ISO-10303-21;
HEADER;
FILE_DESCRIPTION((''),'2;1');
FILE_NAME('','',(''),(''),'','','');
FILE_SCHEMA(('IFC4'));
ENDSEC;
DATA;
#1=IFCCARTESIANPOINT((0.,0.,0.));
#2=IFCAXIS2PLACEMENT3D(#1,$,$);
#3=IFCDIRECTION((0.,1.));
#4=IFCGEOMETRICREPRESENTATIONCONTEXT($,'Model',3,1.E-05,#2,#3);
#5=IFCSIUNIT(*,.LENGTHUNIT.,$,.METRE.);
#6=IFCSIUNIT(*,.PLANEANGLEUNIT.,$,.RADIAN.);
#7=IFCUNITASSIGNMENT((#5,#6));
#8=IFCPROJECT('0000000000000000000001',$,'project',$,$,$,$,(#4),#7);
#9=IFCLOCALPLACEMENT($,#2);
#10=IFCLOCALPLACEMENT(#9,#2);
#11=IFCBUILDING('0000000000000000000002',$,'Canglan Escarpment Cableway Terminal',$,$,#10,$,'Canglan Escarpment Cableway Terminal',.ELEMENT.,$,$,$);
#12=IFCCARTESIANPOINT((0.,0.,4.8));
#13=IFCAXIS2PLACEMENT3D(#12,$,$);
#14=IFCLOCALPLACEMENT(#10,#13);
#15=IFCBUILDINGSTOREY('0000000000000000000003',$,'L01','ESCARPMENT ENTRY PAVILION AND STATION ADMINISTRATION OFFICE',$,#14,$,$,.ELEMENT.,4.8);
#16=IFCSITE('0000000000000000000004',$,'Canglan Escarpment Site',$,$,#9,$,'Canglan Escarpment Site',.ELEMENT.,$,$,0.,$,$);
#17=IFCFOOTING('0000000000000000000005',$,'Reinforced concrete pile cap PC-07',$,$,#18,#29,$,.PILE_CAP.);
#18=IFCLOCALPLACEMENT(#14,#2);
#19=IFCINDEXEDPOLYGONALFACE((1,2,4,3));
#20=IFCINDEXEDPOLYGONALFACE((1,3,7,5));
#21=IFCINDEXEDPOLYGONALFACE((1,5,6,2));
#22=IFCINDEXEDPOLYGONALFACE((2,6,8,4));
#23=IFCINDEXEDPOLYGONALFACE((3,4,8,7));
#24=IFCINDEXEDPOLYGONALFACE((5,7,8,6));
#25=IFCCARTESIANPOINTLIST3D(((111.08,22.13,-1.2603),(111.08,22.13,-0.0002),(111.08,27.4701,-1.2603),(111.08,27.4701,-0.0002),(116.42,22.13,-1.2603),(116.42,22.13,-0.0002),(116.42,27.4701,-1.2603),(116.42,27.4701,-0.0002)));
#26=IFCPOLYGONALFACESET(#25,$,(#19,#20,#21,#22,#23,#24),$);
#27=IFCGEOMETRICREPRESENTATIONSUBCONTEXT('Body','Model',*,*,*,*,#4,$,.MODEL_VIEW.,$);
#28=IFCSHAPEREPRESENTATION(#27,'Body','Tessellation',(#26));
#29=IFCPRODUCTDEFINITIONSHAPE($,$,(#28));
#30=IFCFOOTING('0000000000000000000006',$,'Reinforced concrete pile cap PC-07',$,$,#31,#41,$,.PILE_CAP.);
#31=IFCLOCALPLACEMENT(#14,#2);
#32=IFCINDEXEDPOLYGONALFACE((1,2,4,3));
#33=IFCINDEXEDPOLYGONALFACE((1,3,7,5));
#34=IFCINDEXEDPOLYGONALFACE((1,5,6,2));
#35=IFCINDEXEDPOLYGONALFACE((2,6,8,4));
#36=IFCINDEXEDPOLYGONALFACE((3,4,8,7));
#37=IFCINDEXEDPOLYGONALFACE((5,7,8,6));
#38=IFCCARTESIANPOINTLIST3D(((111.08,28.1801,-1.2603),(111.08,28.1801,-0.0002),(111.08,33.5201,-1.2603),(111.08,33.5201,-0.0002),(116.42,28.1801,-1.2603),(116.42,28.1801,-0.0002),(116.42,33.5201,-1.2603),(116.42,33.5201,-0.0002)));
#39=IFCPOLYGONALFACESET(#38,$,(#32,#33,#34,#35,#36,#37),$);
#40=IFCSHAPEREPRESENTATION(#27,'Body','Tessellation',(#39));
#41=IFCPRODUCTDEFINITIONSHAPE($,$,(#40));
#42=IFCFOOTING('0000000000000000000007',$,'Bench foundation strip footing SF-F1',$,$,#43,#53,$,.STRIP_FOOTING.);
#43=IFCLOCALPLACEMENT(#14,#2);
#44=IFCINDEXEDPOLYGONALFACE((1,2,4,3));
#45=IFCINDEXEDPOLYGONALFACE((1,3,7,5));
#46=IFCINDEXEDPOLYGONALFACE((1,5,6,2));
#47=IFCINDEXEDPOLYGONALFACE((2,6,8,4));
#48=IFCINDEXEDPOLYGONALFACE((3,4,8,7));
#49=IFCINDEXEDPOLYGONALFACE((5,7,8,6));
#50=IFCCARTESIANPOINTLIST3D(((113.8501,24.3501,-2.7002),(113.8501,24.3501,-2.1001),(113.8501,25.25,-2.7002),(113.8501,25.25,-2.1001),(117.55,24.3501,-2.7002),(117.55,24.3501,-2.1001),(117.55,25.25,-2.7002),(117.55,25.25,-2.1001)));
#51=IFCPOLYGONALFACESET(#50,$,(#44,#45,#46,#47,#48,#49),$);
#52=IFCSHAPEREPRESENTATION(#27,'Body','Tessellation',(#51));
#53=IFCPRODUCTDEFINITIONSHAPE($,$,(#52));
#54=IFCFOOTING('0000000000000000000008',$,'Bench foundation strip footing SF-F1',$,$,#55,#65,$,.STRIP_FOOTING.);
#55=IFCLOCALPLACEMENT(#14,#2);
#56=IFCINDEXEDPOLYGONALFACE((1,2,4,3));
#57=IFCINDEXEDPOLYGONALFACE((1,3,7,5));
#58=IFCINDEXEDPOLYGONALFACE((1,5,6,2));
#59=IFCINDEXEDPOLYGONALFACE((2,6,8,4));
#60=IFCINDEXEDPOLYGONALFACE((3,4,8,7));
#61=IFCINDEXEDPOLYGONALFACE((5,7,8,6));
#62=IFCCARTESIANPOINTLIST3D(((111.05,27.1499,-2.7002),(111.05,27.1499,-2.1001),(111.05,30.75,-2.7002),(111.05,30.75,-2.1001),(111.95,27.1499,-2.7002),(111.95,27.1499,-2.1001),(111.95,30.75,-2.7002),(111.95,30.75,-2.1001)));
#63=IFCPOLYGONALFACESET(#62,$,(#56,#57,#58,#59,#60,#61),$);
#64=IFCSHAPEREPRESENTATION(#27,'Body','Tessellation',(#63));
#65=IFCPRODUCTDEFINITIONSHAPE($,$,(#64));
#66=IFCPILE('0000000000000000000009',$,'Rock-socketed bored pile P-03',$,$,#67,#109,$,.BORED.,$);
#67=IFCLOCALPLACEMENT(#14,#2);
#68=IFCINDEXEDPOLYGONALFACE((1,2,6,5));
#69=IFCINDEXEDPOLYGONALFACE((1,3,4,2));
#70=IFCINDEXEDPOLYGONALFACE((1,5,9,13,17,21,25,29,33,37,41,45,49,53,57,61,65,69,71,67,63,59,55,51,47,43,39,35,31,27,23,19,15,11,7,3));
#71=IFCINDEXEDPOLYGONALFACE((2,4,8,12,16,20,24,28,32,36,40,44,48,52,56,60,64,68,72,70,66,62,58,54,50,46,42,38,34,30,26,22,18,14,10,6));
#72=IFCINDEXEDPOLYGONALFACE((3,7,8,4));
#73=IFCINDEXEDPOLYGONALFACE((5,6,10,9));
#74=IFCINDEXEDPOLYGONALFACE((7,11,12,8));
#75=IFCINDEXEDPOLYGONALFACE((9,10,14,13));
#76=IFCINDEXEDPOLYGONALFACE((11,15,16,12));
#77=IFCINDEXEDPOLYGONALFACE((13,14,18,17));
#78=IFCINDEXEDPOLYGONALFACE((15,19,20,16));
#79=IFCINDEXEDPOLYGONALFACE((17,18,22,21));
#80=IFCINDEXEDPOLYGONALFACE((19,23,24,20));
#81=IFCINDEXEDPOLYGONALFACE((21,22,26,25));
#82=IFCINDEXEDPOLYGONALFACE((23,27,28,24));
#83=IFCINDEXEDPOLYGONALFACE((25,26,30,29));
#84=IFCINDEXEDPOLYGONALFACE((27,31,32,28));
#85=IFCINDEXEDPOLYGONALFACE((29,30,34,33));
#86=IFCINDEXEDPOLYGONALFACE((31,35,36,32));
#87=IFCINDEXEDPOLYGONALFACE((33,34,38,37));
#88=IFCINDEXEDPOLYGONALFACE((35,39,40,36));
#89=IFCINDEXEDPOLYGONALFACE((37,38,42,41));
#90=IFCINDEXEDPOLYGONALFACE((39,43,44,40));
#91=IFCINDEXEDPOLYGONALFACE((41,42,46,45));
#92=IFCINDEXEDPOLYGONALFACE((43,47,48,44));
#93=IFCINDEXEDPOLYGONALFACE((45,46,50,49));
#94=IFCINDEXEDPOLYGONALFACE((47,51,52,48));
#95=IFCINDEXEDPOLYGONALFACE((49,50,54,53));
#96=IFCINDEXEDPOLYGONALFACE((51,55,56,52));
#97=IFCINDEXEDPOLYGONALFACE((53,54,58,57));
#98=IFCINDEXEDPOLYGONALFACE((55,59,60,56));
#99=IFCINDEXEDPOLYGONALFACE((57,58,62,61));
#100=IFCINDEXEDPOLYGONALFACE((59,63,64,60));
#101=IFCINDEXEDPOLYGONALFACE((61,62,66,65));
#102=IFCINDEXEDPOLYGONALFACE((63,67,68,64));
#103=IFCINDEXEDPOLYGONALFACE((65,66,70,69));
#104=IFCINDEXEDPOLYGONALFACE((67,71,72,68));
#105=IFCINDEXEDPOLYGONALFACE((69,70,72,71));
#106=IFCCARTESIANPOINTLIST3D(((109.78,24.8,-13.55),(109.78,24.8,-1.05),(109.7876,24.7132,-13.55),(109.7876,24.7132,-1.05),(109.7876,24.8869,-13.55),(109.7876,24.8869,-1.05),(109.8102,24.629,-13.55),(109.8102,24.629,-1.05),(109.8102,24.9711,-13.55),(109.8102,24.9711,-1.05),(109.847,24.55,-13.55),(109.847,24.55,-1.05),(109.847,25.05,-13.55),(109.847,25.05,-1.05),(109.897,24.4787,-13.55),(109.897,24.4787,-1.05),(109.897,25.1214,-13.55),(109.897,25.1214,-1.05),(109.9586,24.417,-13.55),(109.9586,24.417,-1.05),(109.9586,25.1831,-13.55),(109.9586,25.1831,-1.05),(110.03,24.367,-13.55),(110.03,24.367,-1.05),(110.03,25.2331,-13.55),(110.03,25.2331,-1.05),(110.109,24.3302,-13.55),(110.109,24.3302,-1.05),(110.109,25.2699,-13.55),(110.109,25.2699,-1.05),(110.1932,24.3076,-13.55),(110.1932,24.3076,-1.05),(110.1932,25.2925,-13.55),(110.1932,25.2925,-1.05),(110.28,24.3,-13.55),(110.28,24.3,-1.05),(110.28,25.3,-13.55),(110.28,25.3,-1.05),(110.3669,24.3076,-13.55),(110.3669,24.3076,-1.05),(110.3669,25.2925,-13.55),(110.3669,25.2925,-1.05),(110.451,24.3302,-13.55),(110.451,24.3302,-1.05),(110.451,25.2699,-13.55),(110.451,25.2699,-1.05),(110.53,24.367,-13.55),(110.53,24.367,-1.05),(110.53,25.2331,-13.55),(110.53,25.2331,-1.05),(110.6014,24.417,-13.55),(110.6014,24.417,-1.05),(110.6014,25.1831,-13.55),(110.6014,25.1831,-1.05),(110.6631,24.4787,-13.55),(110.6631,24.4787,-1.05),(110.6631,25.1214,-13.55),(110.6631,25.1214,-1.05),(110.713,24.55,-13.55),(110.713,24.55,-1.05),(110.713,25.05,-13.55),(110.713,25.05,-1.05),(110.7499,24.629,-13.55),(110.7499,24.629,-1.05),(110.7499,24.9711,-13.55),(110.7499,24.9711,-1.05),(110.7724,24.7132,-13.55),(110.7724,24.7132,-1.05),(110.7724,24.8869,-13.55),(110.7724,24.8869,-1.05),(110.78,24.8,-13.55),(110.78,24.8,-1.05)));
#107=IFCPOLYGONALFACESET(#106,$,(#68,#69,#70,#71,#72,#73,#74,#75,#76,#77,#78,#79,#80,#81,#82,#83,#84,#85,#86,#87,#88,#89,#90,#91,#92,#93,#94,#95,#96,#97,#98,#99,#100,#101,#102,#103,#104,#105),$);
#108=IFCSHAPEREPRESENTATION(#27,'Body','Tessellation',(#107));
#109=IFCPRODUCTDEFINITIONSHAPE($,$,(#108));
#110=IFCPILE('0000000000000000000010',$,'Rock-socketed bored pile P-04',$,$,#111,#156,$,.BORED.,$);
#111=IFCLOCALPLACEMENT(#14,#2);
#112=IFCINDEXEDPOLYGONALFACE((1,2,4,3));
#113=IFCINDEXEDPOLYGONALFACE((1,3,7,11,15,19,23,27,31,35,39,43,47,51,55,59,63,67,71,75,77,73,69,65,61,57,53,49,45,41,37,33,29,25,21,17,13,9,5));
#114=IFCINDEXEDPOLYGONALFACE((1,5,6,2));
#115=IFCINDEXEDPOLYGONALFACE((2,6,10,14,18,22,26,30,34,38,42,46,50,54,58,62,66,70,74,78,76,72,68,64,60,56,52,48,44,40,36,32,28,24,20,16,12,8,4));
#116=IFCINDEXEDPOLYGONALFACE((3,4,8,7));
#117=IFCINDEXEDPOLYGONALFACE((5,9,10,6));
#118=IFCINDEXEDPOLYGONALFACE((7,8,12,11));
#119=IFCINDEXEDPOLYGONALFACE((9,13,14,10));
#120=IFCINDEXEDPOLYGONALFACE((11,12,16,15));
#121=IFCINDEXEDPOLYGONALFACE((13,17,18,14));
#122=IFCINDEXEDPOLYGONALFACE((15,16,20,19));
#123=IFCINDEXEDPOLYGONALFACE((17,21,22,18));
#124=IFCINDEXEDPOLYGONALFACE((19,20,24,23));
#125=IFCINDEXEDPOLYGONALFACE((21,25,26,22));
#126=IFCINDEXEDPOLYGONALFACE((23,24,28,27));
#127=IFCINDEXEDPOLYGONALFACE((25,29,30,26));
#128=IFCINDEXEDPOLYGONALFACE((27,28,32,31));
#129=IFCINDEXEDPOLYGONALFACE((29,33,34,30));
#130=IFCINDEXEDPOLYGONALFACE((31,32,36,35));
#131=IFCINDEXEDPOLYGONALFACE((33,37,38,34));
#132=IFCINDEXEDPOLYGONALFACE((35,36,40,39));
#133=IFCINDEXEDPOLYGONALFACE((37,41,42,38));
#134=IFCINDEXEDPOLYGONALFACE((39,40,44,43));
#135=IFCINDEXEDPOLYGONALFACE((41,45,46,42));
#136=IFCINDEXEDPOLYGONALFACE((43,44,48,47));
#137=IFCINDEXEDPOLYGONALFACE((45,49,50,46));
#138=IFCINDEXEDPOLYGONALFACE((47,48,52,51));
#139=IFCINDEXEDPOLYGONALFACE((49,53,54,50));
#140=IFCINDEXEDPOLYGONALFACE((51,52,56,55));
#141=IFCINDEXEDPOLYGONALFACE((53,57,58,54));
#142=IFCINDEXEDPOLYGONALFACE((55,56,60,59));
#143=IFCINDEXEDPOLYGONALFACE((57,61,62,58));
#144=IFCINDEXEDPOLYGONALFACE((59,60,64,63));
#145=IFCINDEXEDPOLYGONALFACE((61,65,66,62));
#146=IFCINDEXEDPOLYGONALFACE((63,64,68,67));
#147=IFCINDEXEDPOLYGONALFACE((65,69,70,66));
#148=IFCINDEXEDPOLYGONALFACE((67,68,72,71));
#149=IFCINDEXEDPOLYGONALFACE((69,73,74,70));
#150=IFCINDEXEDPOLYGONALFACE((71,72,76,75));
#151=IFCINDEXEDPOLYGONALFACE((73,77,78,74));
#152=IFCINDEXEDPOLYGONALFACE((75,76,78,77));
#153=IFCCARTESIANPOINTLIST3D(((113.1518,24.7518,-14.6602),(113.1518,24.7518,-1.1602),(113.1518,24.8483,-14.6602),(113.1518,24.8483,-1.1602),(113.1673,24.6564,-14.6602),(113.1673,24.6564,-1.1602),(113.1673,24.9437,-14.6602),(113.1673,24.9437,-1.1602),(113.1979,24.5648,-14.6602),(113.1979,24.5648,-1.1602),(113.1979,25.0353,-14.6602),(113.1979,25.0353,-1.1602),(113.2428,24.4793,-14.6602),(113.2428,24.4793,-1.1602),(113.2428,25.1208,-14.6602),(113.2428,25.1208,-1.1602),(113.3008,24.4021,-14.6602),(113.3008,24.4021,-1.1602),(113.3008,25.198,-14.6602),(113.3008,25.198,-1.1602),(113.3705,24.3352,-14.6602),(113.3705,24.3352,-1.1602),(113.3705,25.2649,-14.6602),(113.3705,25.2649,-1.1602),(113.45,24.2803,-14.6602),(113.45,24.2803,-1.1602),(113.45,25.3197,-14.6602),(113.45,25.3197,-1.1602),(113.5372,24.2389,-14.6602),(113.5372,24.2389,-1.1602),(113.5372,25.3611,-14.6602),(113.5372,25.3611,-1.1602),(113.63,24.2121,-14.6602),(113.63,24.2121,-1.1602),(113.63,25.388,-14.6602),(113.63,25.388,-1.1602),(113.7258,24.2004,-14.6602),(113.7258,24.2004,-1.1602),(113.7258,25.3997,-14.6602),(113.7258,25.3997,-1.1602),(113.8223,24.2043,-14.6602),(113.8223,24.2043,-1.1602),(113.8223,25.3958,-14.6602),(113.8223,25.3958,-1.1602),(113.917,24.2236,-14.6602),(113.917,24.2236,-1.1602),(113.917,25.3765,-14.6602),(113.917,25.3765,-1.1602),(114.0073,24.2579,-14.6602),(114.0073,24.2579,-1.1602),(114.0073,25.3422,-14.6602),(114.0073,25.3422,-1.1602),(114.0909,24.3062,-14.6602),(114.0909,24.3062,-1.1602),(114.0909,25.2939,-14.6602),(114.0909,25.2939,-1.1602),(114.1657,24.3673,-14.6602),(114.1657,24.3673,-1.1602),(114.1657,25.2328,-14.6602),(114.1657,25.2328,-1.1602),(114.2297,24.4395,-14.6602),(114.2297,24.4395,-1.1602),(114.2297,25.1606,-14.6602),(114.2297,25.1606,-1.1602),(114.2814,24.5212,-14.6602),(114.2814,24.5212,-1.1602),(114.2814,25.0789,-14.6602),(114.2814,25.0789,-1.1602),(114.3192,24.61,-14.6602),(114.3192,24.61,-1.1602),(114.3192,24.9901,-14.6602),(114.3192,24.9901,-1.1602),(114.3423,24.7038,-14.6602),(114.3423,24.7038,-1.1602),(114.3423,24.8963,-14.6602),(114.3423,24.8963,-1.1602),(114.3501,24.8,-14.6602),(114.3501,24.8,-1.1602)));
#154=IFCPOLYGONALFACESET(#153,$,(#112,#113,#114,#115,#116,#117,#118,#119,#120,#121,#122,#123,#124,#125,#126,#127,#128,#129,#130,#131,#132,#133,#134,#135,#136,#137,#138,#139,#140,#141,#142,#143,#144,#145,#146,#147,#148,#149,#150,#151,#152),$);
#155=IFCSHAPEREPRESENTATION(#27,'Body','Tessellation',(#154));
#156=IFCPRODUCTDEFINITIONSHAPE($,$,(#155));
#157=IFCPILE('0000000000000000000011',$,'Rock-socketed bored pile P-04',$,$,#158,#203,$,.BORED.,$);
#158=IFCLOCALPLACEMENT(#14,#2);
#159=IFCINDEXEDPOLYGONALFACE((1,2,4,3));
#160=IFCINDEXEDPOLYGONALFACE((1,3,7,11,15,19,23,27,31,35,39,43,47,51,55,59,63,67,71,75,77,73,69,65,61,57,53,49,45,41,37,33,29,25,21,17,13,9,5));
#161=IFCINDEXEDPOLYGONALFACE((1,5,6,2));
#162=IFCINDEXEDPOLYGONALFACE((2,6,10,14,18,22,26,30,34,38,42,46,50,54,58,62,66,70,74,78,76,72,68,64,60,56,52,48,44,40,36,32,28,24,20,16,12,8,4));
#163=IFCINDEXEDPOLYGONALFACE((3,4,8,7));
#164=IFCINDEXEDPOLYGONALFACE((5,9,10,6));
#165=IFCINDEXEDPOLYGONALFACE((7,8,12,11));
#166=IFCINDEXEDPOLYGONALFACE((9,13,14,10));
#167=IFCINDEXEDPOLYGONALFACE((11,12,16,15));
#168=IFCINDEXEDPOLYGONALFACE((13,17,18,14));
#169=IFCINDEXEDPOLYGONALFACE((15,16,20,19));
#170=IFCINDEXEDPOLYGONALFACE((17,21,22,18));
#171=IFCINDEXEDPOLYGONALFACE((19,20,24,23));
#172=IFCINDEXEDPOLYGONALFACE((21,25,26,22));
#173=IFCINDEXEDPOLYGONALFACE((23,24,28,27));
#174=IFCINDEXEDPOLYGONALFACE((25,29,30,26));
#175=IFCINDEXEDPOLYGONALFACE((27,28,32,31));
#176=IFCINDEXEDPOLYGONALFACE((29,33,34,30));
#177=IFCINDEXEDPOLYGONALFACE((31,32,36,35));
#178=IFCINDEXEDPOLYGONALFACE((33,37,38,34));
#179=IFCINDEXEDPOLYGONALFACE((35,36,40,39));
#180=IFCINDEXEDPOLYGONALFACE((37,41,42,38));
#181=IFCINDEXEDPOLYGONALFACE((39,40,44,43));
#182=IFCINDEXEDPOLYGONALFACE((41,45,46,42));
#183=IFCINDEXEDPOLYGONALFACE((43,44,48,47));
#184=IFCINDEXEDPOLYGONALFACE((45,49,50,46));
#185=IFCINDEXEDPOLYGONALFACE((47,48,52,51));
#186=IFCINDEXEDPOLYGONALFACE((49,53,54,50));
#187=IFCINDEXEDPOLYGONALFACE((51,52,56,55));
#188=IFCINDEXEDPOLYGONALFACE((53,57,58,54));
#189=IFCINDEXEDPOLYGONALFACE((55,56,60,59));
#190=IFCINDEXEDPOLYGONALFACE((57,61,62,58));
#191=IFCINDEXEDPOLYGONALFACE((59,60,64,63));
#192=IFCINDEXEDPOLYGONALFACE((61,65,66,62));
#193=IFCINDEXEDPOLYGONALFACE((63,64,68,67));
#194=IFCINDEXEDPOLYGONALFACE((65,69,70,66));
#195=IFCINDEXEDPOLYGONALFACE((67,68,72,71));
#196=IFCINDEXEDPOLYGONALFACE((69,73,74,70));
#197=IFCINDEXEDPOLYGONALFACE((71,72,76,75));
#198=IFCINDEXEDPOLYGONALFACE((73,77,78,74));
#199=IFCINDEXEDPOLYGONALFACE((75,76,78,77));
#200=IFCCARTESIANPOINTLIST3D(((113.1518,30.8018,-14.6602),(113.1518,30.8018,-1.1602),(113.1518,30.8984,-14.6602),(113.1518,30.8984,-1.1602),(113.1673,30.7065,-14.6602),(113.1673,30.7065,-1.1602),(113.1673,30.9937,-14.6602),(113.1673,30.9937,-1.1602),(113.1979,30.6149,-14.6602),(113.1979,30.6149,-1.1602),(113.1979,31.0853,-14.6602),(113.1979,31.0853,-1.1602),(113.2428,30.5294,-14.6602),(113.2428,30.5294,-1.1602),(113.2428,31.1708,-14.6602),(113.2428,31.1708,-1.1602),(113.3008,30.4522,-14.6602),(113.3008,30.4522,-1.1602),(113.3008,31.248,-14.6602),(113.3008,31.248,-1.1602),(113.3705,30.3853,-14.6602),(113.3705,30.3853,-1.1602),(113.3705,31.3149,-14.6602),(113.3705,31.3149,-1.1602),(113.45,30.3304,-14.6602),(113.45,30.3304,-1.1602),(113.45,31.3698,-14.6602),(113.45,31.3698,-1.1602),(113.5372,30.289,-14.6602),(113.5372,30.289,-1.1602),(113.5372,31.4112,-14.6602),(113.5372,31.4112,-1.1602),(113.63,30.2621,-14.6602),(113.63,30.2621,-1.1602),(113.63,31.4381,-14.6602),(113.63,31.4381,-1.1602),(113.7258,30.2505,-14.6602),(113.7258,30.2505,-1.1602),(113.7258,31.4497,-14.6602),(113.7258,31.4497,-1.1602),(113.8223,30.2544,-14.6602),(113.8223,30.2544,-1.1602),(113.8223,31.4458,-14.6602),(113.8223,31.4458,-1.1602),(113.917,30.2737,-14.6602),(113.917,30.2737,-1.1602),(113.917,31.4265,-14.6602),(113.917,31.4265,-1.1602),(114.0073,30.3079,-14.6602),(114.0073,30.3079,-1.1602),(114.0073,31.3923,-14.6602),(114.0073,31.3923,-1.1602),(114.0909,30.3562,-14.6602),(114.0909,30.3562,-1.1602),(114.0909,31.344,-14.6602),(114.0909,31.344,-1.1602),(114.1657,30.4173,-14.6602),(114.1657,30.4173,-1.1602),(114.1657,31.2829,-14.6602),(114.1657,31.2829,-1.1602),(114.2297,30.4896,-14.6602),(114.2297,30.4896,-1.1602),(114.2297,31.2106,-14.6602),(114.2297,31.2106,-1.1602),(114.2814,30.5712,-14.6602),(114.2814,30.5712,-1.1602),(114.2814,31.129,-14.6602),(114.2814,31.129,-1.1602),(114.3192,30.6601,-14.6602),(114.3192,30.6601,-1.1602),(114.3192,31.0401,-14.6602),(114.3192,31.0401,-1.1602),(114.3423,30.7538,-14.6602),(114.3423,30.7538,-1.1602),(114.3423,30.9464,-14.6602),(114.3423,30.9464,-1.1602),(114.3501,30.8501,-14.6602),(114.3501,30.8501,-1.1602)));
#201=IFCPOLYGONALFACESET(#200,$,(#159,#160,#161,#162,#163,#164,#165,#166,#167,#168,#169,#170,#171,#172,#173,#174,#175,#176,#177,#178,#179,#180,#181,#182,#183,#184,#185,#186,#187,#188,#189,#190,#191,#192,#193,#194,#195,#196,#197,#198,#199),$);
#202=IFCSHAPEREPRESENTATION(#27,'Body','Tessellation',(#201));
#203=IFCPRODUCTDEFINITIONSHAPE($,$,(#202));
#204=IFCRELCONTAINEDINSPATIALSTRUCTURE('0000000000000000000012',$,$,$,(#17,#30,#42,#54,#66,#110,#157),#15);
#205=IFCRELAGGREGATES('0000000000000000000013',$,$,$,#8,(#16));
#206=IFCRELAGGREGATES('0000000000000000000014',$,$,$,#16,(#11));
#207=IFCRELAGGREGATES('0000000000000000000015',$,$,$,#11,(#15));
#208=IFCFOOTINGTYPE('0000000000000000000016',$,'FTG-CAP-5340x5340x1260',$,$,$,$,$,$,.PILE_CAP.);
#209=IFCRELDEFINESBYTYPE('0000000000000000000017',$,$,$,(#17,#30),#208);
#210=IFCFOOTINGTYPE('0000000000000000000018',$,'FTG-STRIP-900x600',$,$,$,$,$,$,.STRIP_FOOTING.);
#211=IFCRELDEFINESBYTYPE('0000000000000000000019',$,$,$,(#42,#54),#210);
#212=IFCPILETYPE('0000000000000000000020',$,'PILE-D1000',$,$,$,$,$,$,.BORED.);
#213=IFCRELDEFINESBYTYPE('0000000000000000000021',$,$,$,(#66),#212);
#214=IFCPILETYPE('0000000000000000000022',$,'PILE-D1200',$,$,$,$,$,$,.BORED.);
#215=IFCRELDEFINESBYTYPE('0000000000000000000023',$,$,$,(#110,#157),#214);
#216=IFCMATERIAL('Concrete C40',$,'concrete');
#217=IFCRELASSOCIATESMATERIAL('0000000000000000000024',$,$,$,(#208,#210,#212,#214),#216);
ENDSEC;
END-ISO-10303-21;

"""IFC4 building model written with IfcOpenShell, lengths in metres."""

from ifc_helpers import new_model, si_unit, direction, frame, origin, origin_2d, place, context, subcontext, project, spatial, rectangle, circle, extrude, material, material_profile, profile_set, type_object, element, save


model = new_model("IFC4")

# Units and contexts
model_context = context("Model", 3, precision=1e-05, world=origin(), true_north=direction((0.0, 1.0)))
body_context = subcontext(model_context, "Body", "Model", "MODEL_VIEW")
ifc_project = project(units=[si_unit("LENGTHUNIT", "METRE"), si_unit("PLANEANGLEUNIT", "RADIAN")], contexts=[model_context])

# Site, building, storey
site_placement = place(None, origin())
site = spatial("IfcSite", under=ifc_project, at=site_placement, Name="Canglan Escarpment Site", LongName="Canglan Escarpment Site", CompositionType="ELEMENT", RefElevation=0.0)
building_placement = place(site_placement, origin())
building = spatial("IfcBuilding", under=site, at=building_placement, Name="Canglan Escarpment Cableway Terminal", LongName="Canglan Escarpment Cableway Terminal", CompositionType="ELEMENT")
storey_placement = place(building_placement, frame((0.0, 0.0, 4.8)))
storey = spatial("IfcBuildingStorey", under=building, at=storey_placement, Name="L01", Description="ESCARPMENT ENTRY PAVILION AND STATION ADMINISTRATION OFFICE", CompositionType="ELEMENT", Elevation=4.8)

# Footings
ifc_material_1 = material(Name="Concrete C40", Category="concrete")
footing_type_1 = type_object("IfcFootingType", Name="FTG-CAP-5340x5340x1260", PredefinedType="PILE_CAP", material=ifc_material_1)
for number, where, z_axis, x_axis, name in (
    (1, (113.75, 24.8, -1.2603), (0.0, 0.0, 1.0), (1.0, 0.0, 0.0), "Reinforced concrete pile cap PC-07"),
    (2, (113.75, 30.8501, -1.2603), (0.0, 0.0, 1.0), (1.0, 0.0, 0.0), "Reinforced concrete pile cap PC-07"),
):
    element("IfcFooting", number, at=place(storey_placement, frame(where, z_axis=z_axis, x_axis=x_axis)), inside=storey, type_object=footing_type_1, Name=name, PredefinedType="PILE_CAP", context=body_context, shape_type="SweptSolid", body=[
        extrude(rectangle(XDim=5.3401, YDim=5.3401, at=origin_2d()), origin(), (0.0, 0.0, 1.0), 1.26),
    ])
ifc_material_profile_1 = material_profile(ifc_material_1, rectangle(XDim=0.8999, YDim=0.6001, at=origin_2d()), Name="SF 900x600")
ifc_profile_set_1 = profile_set([ifc_material_profile_1], Name="Concrete C40")
footing_type_2 = type_object("IfcFootingType", Name="FTG-STRIP-900x600", PredefinedType="STRIP_FOOTING", material=ifc_profile_set_1)
footing_1_placement = place(storey_placement, frame((113.8501, 24.8, -2.4001), z_axis=(1.0, 0.0, 0.0), x_axis=(0.0, 1.0, 0.0)))
element("IfcFooting", 3, at=footing_1_placement, inside=storey, type_object=footing_type_2, Name="Bench foundation strip footing SF-F1", PredefinedType="STRIP_FOOTING", context=body_context, shape_type="SweptSolid", body=[
    extrude(rectangle(XDim=0.8999, YDim=0.6001, at=origin_2d()), origin(), (0.0, 0.0, 1.0), 3.7),
])
footing_2_placement = place(storey_placement, frame((111.5, 27.1499, -2.4001), z_axis=(0.0, 1.0, 0.0), x_axis=(-1.0, 0.0, 0.0)))
element("IfcFooting", 4, at=footing_2_placement, inside=storey, type_object=footing_type_2, Name="Bench foundation strip footing SF-F1", PredefinedType="STRIP_FOOTING", context=body_context, shape_type="SweptSolid", body=[
    extrude(rectangle(XDim=0.8999, YDim=0.6001, at=origin_2d()), origin(), (0.0, 0.0, 1.0), 3.6001),
])

# Piles
ifc_material_profile_2 = material_profile(ifc_material_1, circle(Radius=0.5, at=origin_2d()), Name="BORED PILE D1000")
ifc_profile_set_2 = profile_set([ifc_material_profile_2], Name="Concrete C40")
pile_type_1 = type_object("IfcPileType", Name="PILE-D1000", PredefinedType="BORED", material=ifc_profile_set_2)
pile_placement = place(storey_placement, frame((110.28, 24.8, -1.05), z_axis=(0.0, 0.0, -1.0), x_axis=(1.0, 0.0, 0.0)))
element("IfcPile", 5, at=pile_placement, inside=storey, type_object=pile_type_1, Name="Rock-socketed bored pile P-03", PredefinedType="BORED", context=body_context, shape_type="SweptSolid", body=[
    extrude(circle(Radius=0.5, at=origin_2d()), origin(), (0.0, 0.0, 1.0), 12.5),
])
ifc_material_profile_3 = material_profile(ifc_material_1, circle(Radius=0.6001, at=origin_2d()), Name="BORED PILE D1200")
ifc_profile_set_3 = profile_set([ifc_material_profile_3], Name="Concrete C40")
pile_type_2 = type_object("IfcPileType", Name="PILE-D1200", PredefinedType="BORED", material=ifc_profile_set_3)
for number, where, z_axis, x_axis, name in (
    (6, (113.75, 24.8, -1.1602), (0.0, 0.0, -1.0), (1.0, 0.0, 0.0), "Rock-socketed bored pile P-04"),
    (7, (113.75, 30.8501, -1.1602), (0.0, 0.0, -1.0), (1.0, 0.0, 0.0), "Rock-socketed bored pile P-04"),
):
    element("IfcPile", number, at=place(storey_placement, frame(where, z_axis=z_axis, x_axis=x_axis)), inside=storey, type_object=pile_type_2, Name=name, PredefinedType="BORED", context=body_context, shape_type="SweptSolid", body=[
        extrude(circle(Radius=0.6001, at=origin_2d()), origin(), (0.0, 0.0, 1.0), 13.5),
    ])

save(model, "model.ifc")
